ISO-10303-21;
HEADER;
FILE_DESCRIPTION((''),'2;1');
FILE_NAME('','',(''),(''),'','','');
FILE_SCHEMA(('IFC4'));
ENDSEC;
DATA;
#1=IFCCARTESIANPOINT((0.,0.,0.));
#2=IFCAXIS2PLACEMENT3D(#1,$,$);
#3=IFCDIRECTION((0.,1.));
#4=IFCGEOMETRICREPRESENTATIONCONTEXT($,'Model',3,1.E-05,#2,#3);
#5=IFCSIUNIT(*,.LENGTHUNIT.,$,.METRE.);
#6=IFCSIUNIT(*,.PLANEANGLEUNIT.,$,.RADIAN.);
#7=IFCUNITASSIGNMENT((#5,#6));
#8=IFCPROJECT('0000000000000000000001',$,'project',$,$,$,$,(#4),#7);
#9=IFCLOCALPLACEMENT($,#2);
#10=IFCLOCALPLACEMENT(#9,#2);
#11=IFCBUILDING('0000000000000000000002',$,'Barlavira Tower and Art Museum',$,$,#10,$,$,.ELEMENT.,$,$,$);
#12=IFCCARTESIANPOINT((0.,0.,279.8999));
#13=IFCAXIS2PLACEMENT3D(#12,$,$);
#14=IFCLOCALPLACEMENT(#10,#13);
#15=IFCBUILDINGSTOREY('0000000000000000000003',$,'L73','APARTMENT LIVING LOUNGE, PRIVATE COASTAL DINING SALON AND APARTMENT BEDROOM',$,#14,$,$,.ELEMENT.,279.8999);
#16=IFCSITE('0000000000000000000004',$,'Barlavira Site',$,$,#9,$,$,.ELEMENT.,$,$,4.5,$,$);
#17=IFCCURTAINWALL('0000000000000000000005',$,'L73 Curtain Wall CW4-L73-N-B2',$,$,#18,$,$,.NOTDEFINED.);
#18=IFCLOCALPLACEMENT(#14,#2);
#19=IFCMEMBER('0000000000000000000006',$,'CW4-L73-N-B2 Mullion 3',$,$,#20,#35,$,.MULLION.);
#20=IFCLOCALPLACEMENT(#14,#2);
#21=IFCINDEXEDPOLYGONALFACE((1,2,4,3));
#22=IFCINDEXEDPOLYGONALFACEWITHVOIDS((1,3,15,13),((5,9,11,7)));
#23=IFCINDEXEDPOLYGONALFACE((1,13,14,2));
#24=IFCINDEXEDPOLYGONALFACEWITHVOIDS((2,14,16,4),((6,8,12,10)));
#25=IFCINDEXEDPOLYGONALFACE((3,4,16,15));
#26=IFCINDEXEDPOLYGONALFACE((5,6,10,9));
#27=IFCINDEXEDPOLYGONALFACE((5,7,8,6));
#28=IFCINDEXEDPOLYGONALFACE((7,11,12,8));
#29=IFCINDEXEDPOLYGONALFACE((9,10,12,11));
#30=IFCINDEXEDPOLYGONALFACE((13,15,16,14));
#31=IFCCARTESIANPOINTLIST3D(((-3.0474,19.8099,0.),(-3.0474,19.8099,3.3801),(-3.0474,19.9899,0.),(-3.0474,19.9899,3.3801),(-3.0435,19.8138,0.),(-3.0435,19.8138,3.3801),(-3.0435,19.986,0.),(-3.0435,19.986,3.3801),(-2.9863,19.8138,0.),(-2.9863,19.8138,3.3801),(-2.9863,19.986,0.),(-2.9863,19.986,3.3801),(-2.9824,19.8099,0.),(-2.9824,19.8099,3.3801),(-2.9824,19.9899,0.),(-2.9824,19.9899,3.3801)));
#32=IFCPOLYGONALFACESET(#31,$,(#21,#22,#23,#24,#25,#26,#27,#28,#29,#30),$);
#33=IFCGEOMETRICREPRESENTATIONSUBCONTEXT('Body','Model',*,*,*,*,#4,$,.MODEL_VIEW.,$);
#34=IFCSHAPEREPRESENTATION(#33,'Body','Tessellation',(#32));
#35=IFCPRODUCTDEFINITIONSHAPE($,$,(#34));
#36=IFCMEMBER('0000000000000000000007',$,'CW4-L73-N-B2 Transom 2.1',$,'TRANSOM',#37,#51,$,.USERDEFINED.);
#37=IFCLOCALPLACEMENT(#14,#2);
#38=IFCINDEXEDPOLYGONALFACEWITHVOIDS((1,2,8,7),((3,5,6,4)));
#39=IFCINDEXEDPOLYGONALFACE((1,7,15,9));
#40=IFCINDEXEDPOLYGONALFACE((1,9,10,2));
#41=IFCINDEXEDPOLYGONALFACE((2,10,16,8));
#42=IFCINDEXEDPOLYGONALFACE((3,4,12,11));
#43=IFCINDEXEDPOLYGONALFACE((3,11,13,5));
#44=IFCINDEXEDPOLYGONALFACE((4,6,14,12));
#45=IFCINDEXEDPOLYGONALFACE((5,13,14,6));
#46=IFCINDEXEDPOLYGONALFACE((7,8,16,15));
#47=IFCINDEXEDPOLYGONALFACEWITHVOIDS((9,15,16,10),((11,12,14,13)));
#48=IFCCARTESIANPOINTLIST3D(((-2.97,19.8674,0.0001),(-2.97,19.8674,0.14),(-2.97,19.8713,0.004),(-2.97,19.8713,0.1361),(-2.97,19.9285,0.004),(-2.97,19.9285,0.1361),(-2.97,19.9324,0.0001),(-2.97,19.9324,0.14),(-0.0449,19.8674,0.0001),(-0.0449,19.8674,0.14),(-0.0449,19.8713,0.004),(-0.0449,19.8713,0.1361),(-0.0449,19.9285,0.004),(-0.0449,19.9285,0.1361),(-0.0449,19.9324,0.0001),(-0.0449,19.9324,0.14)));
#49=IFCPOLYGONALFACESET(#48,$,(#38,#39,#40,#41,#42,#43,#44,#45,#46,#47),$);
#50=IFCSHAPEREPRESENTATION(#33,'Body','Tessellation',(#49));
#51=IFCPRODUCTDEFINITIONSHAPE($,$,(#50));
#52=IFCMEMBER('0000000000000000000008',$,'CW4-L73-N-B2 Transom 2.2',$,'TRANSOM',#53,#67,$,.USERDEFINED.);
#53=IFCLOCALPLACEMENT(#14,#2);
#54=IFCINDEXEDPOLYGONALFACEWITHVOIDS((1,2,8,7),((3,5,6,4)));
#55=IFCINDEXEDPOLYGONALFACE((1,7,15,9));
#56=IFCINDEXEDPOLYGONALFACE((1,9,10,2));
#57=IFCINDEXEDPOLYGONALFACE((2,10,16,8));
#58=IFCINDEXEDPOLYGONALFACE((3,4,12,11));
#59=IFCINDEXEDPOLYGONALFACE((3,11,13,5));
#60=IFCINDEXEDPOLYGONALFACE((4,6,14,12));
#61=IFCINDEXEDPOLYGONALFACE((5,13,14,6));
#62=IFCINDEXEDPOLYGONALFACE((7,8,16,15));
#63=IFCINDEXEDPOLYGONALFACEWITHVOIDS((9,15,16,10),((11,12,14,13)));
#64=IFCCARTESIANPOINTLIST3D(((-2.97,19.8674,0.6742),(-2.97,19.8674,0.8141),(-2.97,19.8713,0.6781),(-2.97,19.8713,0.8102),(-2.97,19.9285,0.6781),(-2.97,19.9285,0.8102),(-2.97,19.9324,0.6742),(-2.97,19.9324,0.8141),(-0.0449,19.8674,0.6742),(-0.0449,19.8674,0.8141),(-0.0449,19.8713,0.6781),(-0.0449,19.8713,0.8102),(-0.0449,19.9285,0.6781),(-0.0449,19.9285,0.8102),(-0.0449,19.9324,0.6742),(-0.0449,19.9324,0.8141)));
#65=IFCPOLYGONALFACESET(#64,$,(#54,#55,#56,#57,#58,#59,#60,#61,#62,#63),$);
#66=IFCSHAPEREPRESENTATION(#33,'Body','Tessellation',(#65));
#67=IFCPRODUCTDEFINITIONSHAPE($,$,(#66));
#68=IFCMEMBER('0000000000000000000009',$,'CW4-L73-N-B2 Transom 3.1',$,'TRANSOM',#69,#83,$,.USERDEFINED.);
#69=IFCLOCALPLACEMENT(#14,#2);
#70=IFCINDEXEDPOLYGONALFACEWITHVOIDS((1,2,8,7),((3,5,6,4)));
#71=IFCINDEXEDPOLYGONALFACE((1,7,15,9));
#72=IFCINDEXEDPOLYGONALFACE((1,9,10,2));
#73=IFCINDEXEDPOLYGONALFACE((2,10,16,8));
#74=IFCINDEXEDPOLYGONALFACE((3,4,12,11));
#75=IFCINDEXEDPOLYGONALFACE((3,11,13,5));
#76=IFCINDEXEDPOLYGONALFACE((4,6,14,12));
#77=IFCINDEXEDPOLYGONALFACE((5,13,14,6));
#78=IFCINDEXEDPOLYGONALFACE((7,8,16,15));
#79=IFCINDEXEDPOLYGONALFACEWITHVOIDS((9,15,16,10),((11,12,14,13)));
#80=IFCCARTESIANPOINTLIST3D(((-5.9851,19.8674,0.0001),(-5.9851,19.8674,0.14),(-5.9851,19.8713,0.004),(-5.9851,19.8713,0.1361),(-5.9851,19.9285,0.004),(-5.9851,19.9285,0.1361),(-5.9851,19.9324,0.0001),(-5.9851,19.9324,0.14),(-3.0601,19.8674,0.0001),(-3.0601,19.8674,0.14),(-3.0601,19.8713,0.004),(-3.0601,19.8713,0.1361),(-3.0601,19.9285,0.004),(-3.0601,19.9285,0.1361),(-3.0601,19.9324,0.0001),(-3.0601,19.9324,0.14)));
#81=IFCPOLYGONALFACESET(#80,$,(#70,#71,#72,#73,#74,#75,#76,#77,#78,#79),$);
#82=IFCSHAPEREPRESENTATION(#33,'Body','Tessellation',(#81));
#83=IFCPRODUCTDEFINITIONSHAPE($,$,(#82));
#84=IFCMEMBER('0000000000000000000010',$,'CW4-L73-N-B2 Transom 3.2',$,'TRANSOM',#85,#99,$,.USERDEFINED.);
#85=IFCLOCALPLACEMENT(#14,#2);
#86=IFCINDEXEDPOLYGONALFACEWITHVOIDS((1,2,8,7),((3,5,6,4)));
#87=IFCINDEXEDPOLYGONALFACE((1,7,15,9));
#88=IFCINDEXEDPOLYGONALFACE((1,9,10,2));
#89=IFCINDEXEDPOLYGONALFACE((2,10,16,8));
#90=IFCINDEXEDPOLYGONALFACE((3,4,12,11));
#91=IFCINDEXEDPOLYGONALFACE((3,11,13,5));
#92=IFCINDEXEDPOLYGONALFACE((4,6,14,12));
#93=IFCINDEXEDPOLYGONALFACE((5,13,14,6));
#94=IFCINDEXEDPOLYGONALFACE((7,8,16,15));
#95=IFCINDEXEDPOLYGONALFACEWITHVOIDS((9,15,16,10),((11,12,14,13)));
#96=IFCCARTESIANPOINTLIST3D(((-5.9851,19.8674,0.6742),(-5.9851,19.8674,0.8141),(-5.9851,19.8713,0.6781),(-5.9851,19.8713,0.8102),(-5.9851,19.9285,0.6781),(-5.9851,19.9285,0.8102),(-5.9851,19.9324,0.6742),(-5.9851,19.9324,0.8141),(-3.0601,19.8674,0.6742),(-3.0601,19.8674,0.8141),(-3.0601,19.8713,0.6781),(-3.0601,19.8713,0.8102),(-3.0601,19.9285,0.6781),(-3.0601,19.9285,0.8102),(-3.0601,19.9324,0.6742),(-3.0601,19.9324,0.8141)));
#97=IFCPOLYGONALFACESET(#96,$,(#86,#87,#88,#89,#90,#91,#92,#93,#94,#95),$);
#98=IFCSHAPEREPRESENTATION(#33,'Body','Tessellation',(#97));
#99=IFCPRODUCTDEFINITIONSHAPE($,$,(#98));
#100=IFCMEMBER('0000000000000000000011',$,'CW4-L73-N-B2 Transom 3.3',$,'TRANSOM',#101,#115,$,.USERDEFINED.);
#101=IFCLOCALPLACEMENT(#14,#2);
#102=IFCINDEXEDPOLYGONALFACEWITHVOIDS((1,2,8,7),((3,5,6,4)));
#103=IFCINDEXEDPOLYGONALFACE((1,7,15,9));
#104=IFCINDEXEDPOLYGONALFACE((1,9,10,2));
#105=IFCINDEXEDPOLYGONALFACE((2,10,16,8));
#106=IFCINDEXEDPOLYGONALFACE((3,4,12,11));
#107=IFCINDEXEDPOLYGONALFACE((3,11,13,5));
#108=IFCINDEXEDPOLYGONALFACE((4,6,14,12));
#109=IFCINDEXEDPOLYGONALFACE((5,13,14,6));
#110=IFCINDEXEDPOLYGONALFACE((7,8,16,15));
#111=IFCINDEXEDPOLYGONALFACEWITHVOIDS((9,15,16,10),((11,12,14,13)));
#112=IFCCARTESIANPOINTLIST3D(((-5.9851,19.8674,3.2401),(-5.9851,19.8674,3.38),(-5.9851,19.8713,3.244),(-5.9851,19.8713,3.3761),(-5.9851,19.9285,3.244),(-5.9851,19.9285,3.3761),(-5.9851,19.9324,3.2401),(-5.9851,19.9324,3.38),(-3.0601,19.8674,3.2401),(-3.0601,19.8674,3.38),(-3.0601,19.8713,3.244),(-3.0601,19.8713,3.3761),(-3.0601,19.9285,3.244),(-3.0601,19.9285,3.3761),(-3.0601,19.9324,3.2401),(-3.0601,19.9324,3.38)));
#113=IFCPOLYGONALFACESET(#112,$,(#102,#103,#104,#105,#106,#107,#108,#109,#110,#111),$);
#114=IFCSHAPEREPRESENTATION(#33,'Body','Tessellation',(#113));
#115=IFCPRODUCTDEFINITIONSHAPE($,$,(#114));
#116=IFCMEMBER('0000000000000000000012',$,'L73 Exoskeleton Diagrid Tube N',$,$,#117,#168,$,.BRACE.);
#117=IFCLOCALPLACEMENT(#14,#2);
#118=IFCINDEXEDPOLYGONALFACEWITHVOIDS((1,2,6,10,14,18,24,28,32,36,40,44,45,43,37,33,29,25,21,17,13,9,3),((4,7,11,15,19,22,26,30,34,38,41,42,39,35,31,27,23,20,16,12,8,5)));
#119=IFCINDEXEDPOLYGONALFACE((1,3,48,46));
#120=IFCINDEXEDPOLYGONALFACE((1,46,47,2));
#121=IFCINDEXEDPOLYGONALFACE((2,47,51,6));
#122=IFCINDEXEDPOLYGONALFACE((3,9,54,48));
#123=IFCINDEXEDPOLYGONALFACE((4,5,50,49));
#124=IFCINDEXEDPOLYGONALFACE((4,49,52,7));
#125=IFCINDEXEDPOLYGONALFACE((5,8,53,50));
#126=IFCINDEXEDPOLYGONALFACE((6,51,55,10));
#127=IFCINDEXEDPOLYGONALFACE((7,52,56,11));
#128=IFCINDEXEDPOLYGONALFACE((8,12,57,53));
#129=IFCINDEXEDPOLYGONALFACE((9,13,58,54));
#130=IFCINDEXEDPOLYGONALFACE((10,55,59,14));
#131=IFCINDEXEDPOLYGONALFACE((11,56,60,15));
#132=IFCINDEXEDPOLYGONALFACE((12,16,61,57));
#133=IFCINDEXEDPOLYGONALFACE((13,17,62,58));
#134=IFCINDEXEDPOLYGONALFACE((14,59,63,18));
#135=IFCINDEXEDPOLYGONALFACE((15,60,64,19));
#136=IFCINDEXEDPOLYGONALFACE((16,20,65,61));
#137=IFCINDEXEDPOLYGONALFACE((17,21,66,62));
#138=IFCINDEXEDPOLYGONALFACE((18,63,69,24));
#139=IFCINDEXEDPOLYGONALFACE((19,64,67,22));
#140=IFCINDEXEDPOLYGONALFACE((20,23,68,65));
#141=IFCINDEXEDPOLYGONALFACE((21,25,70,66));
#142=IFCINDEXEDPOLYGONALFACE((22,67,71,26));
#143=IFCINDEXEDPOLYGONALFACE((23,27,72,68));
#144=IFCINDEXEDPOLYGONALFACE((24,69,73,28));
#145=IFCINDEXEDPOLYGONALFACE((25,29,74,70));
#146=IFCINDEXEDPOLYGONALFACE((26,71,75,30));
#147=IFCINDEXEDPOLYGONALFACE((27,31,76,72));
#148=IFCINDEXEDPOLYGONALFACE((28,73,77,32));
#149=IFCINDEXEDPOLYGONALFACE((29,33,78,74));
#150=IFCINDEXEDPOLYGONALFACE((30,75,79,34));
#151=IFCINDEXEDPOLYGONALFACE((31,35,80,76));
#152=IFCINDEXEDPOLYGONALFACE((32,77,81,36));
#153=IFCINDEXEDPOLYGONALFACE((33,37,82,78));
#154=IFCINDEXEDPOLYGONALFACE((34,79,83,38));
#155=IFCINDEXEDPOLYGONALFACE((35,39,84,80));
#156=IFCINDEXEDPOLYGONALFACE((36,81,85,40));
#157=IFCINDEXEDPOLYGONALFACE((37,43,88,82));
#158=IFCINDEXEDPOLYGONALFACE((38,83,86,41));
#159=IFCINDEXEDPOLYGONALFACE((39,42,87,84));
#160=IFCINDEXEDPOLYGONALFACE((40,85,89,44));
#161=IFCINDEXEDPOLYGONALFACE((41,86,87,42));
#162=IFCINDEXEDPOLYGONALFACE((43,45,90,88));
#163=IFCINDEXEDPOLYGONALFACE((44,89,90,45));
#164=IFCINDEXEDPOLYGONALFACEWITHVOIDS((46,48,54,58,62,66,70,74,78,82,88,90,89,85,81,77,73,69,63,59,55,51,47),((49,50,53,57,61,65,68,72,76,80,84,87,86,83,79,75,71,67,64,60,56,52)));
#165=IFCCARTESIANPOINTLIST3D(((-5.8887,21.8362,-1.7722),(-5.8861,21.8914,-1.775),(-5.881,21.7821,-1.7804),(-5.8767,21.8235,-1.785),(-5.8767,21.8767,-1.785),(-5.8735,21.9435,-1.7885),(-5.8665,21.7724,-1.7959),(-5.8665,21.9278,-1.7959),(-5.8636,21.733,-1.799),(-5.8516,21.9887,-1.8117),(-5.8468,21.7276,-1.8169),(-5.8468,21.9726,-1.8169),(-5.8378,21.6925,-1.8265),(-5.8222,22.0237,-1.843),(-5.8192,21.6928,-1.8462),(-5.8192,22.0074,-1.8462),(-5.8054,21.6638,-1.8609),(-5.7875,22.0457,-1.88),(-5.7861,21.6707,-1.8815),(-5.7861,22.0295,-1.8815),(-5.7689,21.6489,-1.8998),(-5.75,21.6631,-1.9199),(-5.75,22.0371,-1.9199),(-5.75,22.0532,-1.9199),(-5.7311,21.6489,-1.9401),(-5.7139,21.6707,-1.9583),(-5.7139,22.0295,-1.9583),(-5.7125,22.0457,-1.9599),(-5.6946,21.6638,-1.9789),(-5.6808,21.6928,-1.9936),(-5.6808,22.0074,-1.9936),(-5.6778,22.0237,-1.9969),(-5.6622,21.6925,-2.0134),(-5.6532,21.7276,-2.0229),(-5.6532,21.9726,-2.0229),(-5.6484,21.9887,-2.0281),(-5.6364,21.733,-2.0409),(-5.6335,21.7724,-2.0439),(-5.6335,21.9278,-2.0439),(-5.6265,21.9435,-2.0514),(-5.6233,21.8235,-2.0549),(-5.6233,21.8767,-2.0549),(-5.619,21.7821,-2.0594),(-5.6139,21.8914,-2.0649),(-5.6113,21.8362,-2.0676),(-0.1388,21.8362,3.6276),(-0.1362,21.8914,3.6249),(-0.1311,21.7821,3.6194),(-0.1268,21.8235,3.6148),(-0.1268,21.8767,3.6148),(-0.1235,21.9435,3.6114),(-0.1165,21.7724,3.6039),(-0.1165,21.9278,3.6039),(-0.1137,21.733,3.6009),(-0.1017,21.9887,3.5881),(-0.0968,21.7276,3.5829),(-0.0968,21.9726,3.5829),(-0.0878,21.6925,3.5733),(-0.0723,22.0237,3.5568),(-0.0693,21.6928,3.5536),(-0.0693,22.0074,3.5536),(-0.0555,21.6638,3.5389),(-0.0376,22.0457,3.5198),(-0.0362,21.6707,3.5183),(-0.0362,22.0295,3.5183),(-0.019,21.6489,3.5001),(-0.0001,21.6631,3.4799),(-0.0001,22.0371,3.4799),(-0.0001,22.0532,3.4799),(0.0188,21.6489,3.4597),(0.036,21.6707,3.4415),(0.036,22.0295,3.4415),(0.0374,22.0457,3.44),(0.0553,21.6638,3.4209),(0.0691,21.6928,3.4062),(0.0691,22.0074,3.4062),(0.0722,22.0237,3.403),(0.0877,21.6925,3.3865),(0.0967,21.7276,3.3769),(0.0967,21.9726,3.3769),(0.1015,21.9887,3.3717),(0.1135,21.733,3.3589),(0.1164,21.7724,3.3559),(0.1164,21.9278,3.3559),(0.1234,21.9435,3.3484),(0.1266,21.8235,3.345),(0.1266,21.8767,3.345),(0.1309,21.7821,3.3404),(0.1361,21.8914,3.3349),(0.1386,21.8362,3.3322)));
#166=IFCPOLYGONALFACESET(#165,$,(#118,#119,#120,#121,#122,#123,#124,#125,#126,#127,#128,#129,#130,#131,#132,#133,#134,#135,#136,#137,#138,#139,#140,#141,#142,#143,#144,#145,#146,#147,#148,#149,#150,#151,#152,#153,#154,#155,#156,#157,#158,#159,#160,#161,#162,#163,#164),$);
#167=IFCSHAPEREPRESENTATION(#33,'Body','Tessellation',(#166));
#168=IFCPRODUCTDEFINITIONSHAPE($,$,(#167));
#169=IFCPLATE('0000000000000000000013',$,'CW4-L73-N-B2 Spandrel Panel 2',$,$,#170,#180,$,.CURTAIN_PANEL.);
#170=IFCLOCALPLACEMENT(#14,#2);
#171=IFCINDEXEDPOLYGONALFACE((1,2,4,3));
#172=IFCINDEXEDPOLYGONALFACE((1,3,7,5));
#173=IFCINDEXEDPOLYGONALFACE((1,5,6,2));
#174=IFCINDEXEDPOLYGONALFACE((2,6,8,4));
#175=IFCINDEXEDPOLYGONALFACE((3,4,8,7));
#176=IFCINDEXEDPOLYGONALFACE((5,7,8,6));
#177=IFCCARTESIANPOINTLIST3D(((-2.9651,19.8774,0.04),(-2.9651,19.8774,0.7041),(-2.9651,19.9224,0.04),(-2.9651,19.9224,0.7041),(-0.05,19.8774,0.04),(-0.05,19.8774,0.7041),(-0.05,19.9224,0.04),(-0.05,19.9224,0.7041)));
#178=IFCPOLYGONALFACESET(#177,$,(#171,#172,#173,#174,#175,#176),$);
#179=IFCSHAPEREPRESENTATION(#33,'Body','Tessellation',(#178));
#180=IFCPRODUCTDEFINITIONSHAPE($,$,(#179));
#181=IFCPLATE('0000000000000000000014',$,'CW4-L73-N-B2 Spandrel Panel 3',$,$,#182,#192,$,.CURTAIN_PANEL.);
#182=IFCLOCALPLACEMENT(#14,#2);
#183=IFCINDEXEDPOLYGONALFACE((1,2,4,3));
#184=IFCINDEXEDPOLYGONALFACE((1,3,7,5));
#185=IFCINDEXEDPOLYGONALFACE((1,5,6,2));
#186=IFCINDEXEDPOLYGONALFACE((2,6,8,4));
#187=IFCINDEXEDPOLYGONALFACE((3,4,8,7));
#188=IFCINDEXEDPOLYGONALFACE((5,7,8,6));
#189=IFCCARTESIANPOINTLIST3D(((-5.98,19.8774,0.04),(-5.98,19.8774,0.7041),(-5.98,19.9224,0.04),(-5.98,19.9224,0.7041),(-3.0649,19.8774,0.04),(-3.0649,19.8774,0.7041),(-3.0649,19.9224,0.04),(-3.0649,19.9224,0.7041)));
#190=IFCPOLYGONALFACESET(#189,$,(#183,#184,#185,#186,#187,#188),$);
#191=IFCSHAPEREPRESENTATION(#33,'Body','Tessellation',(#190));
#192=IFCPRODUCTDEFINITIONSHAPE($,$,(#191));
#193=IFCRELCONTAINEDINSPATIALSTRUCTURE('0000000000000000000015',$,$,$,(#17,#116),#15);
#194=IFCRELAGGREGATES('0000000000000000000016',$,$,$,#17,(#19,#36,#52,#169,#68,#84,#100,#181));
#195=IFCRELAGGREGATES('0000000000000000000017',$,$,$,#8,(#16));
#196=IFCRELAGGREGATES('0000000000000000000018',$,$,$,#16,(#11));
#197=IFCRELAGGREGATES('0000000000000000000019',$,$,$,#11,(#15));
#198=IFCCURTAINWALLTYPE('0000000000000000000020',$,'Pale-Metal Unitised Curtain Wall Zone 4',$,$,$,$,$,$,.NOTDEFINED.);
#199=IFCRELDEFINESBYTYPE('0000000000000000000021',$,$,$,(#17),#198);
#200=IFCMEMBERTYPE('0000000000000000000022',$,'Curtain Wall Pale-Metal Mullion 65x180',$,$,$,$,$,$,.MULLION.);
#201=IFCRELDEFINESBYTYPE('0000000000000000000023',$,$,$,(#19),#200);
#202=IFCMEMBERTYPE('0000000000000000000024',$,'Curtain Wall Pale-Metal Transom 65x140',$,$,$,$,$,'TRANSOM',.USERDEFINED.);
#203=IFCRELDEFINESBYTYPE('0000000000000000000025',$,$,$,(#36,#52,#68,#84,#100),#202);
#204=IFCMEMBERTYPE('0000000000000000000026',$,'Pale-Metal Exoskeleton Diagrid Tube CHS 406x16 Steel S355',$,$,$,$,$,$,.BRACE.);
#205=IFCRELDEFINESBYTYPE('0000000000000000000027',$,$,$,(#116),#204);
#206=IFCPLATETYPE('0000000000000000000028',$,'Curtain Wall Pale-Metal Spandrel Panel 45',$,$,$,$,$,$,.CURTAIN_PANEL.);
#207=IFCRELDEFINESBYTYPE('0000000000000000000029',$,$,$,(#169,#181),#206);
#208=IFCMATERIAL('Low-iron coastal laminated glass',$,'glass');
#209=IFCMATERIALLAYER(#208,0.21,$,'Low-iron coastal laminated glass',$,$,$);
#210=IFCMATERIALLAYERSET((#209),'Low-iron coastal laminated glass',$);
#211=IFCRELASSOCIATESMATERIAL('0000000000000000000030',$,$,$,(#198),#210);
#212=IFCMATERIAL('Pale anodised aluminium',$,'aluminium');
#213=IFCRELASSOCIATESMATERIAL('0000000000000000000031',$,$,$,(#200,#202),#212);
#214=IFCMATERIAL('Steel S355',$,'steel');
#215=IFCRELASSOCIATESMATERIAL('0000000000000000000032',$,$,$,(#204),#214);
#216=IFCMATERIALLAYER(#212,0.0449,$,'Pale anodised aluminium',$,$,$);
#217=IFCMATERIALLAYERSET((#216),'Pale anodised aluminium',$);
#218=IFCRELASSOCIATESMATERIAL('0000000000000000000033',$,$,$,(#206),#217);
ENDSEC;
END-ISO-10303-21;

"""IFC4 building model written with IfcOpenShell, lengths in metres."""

from ifc_helpers import new_model, si_unit, direction, frame, origin, origin_2d, place, context, subcontext, project, spatial, rectangle, hollow_rectangle, hollow_circle, extrude, material, layer, layer_set, material_profile, profile_set, type_object, element, aggregate, save


model = new_model("IFC4")

# Units and contexts
model_context = context("Model", 3, precision=1e-05, world=origin(), true_north=direction((0.0, 1.0)))
body_context = subcontext(model_context, "Body", "Model", "MODEL_VIEW")
ifc_project = project(units=[si_unit("LENGTHUNIT", "METRE"), si_unit("PLANEANGLEUNIT", "RADIAN")], contexts=[model_context])

# Site, building, storey
site_placement = place(None, origin())
site = spatial("IfcSite", under=ifc_project, at=site_placement, Name="Barlavira Site", CompositionType="ELEMENT", RefElevation=4.5)
building_placement = place(site_placement, origin())
building = spatial("IfcBuilding", under=site, at=building_placement, Name="Barlavira Tower and Art Museum", CompositionType="ELEMENT")
storey_placement = place(building_placement, frame((0.0, 0.0, 279.8999)))
storey = spatial("IfcBuildingStorey", under=building, at=storey_placement, Name="L73", Description="APARTMENT LIVING LOUNGE, PRIVATE COASTAL DINING SALON AND APARTMENT BEDROOM", CompositionType="ELEMENT", Elevation=279.8999)

# Curtain wall, members
ifc_material_1 = material(Name="Low-iron coastal laminated glass", Category="glass")
ifc_layer_1 = layer(ifc_material_1, 0.21, Name="Low-iron coastal laminated glass")
ifc_layer_set_1 = layer_set([ifc_layer_1], Name="Low-iron coastal laminated glass")
curtain_wall_type = type_object("IfcCurtainWallType", Name="Pale-Metal Unitised Curtain Wall Zone 4", PredefinedType="NOTDEFINED", material=ifc_layer_set_1)
curtain_wall_placement = place(storey_placement, origin())
curtain_wall = element("IfcCurtainWall", 1, at=curtain_wall_placement, inside=storey, type_object=curtain_wall_type, Name="L73 Curtain Wall CW4-L73-N-B2", PredefinedType="NOTDEFINED")
ifc_material_2 = material(Name="Pale anodised aluminium", Category="aluminium")
ifc_material_profile_1 = material_profile(ifc_material_2, hollow_rectangle(XDim=0.0649, YDim=0.1799, WallThickness=0.0039, at=origin_2d()), Name="ALU-MULL 65x180x4")
ifc_profile_set_1 = profile_set([ifc_material_profile_1], Name="Pale anodised aluminium")
member_type_1 = type_object("IfcMemberType", Name="Curtain Wall Pale-Metal Mullion 65x180", PredefinedType="MULLION", material=ifc_profile_set_1)
member_1_placement = place(storey_placement, frame((-3.0149, 19.8999, 0.0), z_axis=(0.0, 0.0, 1.0), x_axis=(-1.0, 0.0, 0.0)))
member_1 = element("IfcMember", 2, at=member_1_placement, type_object=member_type_1, Name="CW4-L73-N-B2 Mullion 3", PredefinedType="MULLION", context=body_context, shape_type="SweptSolid", body=[
    extrude(hollow_rectangle(XDim=0.0649, YDim=0.1799, WallThickness=0.0039, at=origin_2d()), origin(), (0.0, 0.0, 1.0), 3.3801),
])
ifc_material_profile_2 = material_profile(ifc_material_2, hollow_rectangle(XDim=0.0649, YDim=0.1399, WallThickness=0.0039, at=origin_2d()), Name="ALU-TRAN 65x140x4")
ifc_profile_set_2 = profile_set([ifc_material_profile_2], Name="Pale anodised aluminium")
member_type_2 = type_object("IfcMemberType", Name="Curtain Wall Pale-Metal Transom 65x140", ElementType="TRANSOM", PredefinedType="USERDEFINED", material=ifc_profile_set_2)
member_2_placement = place(storey_placement, frame((-0.0449, 19.8999, 0.0701), z_axis=(-1.0, 0.0, 0.0), x_axis=(0.0, -1.0, 0.0)))
member_2 = element("IfcMember", 3, at=member_2_placement, type_object=member_type_2, Name="CW4-L73-N-B2 Transom 2.1", ObjectType="TRANSOM", PredefinedType="USERDEFINED", context=body_context, shape_type="SweptSolid", body=[
    extrude(hollow_rectangle(XDim=0.0649, YDim=0.1399, WallThickness=0.0039, at=origin_2d()), origin(), (0.0, 0.0, 1.0), 2.925),
])
member_3_placement = place(storey_placement, frame((-0.0449, 19.8999, 0.7441), z_axis=(-1.0, 0.0, 0.0), x_axis=(0.0, -1.0, 0.0)))
member_3 = element("IfcMember", 4, at=member_3_placement, type_object=member_type_2, Name="CW4-L73-N-B2 Transom 2.2", ObjectType="TRANSOM", PredefinedType="USERDEFINED", context=body_context, shape_type="SweptSolid", body=[
    extrude(hollow_rectangle(XDim=0.0649, YDim=0.1399, WallThickness=0.0039, at=origin_2d()), origin(), (0.0, 0.0, 1.0), 2.925),
])
member_4_placement = place(storey_placement, frame((-3.0601, 19.8999, 0.0701), z_axis=(-1.0, 0.0, 0.0), x_axis=(0.0, -1.0, 0.0)))
member_4 = element("IfcMember", 5, at=member_4_placement, type_object=member_type_2, Name="CW4-L73-N-B2 Transom 3.1", ObjectType="TRANSOM", PredefinedType="USERDEFINED", context=body_context, shape_type="SweptSolid", body=[
    extrude(hollow_rectangle(XDim=0.0649, YDim=0.1399, WallThickness=0.0039, at=origin_2d()), origin(), (0.0, 0.0, 1.0), 2.925),
])
member_5_placement = place(storey_placement, frame((-3.0601, 19.8999, 0.7441), z_axis=(-1.0, 0.0, 0.0), x_axis=(0.0, -1.0, 0.0)))
member_5 = element("IfcMember", 6, at=member_5_placement, type_object=member_type_2, Name="CW4-L73-N-B2 Transom 3.2", ObjectType="TRANSOM", PredefinedType="USERDEFINED", context=body_context, shape_type="SweptSolid", body=[
    extrude(hollow_rectangle(XDim=0.0649, YDim=0.1399, WallThickness=0.0039, at=origin_2d()), origin(), (0.0, 0.0, 1.0), 2.925),
])
member_6_placement = place(storey_placement, frame((-3.0601, 19.8999, 3.3101), z_axis=(-1.0, 0.0, 0.0), x_axis=(0.0, -1.0, 0.0)))
member_6 = element("IfcMember", 7, at=member_6_placement, type_object=member_type_2, Name="CW4-L73-N-B2 Transom 3.3", ObjectType="TRANSOM", PredefinedType="USERDEFINED", context=body_context, shape_type="SweptSolid", body=[
    extrude(hollow_rectangle(XDim=0.0649, YDim=0.1399, WallThickness=0.0039, at=origin_2d()), origin(), (0.0, 0.0, 1.0), 2.925),
])

# Member
ifc_material_3 = material(Name="Steel S355", Category="steel")
ifc_material_profile_3 = material_profile(ifc_material_3, hollow_circle(Radius=0.2031, WallThickness=0.0161, at=origin_2d()), Name="CHS 406.4x16.0")
ifc_profile_set_3 = profile_set([ifc_material_profile_3], Name="Steel S355")
member_type_3 = type_object("IfcMemberType", Name="Pale-Metal Exoskeleton Diagrid Tube CHS 406x16 Steel S355", PredefinedType="BRACE", material=ifc_profile_set_3)
member_7_placement = place(storey_placement, frame((-5.75, 21.8501, -1.9199), z_axis=(0.72895, 0.0, 0.684567), x_axis=(0.0, 1.0, 0.0)))
element("IfcMember", 8, at=member_7_placement, inside=storey, type_object=member_type_3, Name="L73 Exoskeleton Diagrid Tube N", PredefinedType="BRACE", context=body_context, shape_type="SweptSolid", body=[
    extrude(hollow_circle(Radius=0.2031, WallThickness=0.0161, at=origin_2d()), origin(), (0.0, 0.0, 1.0), 7.8879),
])

# Plates
ifc_layer_2 = layer(ifc_material_2, 0.0449, Name="Pale anodised aluminium")
ifc_layer_set_2 = layer_set([ifc_layer_2], Name="Pale anodised aluminium")
plate_type_1 = type_object("IfcPlateType", Name="Curtain Wall Pale-Metal Spandrel Panel 45", PredefinedType="CURTAIN_PANEL", material=ifc_layer_set_2)
plate_1_placement = place(storey_placement, frame((-1.5076, 19.8999, 0.04), z_axis=(0.0, 0.0, 1.0), x_axis=(-1.0, 0.0, 0.0)))
plate_1 = element("IfcPlate", 9, at=plate_1_placement, type_object=plate_type_1, Name="CW4-L73-N-B2 Spandrel Panel 2", PredefinedType="CURTAIN_PANEL", context=body_context, shape_type="SweptSolid", body=[
    extrude(rectangle(XDim=2.915, YDim=0.0449, at=origin_2d()), origin(), (0.0, 0.0, 1.0), 0.6641),
])
plate_2_placement = place(storey_placement, frame((-4.5225, 19.8999, 0.04), z_axis=(0.0, 0.0, 1.0), x_axis=(-1.0, 0.0, 0.0)))
plate_2 = element("IfcPlate", 10, at=plate_2_placement, type_object=plate_type_1, Name="CW4-L73-N-B2 Spandrel Panel 3", PredefinedType="CURTAIN_PANEL", context=body_context, shape_type="SweptSolid", body=[
    extrude(rectangle(XDim=2.915, YDim=0.0449, at=origin_2d()), origin(), (0.0, 0.0, 1.0), 0.6641),
])
aggregate(curtain_wall, [member_1, member_2, member_3, plate_1, member_4, member_5, member_6, plate_2])

save(model, "model.ifc")
